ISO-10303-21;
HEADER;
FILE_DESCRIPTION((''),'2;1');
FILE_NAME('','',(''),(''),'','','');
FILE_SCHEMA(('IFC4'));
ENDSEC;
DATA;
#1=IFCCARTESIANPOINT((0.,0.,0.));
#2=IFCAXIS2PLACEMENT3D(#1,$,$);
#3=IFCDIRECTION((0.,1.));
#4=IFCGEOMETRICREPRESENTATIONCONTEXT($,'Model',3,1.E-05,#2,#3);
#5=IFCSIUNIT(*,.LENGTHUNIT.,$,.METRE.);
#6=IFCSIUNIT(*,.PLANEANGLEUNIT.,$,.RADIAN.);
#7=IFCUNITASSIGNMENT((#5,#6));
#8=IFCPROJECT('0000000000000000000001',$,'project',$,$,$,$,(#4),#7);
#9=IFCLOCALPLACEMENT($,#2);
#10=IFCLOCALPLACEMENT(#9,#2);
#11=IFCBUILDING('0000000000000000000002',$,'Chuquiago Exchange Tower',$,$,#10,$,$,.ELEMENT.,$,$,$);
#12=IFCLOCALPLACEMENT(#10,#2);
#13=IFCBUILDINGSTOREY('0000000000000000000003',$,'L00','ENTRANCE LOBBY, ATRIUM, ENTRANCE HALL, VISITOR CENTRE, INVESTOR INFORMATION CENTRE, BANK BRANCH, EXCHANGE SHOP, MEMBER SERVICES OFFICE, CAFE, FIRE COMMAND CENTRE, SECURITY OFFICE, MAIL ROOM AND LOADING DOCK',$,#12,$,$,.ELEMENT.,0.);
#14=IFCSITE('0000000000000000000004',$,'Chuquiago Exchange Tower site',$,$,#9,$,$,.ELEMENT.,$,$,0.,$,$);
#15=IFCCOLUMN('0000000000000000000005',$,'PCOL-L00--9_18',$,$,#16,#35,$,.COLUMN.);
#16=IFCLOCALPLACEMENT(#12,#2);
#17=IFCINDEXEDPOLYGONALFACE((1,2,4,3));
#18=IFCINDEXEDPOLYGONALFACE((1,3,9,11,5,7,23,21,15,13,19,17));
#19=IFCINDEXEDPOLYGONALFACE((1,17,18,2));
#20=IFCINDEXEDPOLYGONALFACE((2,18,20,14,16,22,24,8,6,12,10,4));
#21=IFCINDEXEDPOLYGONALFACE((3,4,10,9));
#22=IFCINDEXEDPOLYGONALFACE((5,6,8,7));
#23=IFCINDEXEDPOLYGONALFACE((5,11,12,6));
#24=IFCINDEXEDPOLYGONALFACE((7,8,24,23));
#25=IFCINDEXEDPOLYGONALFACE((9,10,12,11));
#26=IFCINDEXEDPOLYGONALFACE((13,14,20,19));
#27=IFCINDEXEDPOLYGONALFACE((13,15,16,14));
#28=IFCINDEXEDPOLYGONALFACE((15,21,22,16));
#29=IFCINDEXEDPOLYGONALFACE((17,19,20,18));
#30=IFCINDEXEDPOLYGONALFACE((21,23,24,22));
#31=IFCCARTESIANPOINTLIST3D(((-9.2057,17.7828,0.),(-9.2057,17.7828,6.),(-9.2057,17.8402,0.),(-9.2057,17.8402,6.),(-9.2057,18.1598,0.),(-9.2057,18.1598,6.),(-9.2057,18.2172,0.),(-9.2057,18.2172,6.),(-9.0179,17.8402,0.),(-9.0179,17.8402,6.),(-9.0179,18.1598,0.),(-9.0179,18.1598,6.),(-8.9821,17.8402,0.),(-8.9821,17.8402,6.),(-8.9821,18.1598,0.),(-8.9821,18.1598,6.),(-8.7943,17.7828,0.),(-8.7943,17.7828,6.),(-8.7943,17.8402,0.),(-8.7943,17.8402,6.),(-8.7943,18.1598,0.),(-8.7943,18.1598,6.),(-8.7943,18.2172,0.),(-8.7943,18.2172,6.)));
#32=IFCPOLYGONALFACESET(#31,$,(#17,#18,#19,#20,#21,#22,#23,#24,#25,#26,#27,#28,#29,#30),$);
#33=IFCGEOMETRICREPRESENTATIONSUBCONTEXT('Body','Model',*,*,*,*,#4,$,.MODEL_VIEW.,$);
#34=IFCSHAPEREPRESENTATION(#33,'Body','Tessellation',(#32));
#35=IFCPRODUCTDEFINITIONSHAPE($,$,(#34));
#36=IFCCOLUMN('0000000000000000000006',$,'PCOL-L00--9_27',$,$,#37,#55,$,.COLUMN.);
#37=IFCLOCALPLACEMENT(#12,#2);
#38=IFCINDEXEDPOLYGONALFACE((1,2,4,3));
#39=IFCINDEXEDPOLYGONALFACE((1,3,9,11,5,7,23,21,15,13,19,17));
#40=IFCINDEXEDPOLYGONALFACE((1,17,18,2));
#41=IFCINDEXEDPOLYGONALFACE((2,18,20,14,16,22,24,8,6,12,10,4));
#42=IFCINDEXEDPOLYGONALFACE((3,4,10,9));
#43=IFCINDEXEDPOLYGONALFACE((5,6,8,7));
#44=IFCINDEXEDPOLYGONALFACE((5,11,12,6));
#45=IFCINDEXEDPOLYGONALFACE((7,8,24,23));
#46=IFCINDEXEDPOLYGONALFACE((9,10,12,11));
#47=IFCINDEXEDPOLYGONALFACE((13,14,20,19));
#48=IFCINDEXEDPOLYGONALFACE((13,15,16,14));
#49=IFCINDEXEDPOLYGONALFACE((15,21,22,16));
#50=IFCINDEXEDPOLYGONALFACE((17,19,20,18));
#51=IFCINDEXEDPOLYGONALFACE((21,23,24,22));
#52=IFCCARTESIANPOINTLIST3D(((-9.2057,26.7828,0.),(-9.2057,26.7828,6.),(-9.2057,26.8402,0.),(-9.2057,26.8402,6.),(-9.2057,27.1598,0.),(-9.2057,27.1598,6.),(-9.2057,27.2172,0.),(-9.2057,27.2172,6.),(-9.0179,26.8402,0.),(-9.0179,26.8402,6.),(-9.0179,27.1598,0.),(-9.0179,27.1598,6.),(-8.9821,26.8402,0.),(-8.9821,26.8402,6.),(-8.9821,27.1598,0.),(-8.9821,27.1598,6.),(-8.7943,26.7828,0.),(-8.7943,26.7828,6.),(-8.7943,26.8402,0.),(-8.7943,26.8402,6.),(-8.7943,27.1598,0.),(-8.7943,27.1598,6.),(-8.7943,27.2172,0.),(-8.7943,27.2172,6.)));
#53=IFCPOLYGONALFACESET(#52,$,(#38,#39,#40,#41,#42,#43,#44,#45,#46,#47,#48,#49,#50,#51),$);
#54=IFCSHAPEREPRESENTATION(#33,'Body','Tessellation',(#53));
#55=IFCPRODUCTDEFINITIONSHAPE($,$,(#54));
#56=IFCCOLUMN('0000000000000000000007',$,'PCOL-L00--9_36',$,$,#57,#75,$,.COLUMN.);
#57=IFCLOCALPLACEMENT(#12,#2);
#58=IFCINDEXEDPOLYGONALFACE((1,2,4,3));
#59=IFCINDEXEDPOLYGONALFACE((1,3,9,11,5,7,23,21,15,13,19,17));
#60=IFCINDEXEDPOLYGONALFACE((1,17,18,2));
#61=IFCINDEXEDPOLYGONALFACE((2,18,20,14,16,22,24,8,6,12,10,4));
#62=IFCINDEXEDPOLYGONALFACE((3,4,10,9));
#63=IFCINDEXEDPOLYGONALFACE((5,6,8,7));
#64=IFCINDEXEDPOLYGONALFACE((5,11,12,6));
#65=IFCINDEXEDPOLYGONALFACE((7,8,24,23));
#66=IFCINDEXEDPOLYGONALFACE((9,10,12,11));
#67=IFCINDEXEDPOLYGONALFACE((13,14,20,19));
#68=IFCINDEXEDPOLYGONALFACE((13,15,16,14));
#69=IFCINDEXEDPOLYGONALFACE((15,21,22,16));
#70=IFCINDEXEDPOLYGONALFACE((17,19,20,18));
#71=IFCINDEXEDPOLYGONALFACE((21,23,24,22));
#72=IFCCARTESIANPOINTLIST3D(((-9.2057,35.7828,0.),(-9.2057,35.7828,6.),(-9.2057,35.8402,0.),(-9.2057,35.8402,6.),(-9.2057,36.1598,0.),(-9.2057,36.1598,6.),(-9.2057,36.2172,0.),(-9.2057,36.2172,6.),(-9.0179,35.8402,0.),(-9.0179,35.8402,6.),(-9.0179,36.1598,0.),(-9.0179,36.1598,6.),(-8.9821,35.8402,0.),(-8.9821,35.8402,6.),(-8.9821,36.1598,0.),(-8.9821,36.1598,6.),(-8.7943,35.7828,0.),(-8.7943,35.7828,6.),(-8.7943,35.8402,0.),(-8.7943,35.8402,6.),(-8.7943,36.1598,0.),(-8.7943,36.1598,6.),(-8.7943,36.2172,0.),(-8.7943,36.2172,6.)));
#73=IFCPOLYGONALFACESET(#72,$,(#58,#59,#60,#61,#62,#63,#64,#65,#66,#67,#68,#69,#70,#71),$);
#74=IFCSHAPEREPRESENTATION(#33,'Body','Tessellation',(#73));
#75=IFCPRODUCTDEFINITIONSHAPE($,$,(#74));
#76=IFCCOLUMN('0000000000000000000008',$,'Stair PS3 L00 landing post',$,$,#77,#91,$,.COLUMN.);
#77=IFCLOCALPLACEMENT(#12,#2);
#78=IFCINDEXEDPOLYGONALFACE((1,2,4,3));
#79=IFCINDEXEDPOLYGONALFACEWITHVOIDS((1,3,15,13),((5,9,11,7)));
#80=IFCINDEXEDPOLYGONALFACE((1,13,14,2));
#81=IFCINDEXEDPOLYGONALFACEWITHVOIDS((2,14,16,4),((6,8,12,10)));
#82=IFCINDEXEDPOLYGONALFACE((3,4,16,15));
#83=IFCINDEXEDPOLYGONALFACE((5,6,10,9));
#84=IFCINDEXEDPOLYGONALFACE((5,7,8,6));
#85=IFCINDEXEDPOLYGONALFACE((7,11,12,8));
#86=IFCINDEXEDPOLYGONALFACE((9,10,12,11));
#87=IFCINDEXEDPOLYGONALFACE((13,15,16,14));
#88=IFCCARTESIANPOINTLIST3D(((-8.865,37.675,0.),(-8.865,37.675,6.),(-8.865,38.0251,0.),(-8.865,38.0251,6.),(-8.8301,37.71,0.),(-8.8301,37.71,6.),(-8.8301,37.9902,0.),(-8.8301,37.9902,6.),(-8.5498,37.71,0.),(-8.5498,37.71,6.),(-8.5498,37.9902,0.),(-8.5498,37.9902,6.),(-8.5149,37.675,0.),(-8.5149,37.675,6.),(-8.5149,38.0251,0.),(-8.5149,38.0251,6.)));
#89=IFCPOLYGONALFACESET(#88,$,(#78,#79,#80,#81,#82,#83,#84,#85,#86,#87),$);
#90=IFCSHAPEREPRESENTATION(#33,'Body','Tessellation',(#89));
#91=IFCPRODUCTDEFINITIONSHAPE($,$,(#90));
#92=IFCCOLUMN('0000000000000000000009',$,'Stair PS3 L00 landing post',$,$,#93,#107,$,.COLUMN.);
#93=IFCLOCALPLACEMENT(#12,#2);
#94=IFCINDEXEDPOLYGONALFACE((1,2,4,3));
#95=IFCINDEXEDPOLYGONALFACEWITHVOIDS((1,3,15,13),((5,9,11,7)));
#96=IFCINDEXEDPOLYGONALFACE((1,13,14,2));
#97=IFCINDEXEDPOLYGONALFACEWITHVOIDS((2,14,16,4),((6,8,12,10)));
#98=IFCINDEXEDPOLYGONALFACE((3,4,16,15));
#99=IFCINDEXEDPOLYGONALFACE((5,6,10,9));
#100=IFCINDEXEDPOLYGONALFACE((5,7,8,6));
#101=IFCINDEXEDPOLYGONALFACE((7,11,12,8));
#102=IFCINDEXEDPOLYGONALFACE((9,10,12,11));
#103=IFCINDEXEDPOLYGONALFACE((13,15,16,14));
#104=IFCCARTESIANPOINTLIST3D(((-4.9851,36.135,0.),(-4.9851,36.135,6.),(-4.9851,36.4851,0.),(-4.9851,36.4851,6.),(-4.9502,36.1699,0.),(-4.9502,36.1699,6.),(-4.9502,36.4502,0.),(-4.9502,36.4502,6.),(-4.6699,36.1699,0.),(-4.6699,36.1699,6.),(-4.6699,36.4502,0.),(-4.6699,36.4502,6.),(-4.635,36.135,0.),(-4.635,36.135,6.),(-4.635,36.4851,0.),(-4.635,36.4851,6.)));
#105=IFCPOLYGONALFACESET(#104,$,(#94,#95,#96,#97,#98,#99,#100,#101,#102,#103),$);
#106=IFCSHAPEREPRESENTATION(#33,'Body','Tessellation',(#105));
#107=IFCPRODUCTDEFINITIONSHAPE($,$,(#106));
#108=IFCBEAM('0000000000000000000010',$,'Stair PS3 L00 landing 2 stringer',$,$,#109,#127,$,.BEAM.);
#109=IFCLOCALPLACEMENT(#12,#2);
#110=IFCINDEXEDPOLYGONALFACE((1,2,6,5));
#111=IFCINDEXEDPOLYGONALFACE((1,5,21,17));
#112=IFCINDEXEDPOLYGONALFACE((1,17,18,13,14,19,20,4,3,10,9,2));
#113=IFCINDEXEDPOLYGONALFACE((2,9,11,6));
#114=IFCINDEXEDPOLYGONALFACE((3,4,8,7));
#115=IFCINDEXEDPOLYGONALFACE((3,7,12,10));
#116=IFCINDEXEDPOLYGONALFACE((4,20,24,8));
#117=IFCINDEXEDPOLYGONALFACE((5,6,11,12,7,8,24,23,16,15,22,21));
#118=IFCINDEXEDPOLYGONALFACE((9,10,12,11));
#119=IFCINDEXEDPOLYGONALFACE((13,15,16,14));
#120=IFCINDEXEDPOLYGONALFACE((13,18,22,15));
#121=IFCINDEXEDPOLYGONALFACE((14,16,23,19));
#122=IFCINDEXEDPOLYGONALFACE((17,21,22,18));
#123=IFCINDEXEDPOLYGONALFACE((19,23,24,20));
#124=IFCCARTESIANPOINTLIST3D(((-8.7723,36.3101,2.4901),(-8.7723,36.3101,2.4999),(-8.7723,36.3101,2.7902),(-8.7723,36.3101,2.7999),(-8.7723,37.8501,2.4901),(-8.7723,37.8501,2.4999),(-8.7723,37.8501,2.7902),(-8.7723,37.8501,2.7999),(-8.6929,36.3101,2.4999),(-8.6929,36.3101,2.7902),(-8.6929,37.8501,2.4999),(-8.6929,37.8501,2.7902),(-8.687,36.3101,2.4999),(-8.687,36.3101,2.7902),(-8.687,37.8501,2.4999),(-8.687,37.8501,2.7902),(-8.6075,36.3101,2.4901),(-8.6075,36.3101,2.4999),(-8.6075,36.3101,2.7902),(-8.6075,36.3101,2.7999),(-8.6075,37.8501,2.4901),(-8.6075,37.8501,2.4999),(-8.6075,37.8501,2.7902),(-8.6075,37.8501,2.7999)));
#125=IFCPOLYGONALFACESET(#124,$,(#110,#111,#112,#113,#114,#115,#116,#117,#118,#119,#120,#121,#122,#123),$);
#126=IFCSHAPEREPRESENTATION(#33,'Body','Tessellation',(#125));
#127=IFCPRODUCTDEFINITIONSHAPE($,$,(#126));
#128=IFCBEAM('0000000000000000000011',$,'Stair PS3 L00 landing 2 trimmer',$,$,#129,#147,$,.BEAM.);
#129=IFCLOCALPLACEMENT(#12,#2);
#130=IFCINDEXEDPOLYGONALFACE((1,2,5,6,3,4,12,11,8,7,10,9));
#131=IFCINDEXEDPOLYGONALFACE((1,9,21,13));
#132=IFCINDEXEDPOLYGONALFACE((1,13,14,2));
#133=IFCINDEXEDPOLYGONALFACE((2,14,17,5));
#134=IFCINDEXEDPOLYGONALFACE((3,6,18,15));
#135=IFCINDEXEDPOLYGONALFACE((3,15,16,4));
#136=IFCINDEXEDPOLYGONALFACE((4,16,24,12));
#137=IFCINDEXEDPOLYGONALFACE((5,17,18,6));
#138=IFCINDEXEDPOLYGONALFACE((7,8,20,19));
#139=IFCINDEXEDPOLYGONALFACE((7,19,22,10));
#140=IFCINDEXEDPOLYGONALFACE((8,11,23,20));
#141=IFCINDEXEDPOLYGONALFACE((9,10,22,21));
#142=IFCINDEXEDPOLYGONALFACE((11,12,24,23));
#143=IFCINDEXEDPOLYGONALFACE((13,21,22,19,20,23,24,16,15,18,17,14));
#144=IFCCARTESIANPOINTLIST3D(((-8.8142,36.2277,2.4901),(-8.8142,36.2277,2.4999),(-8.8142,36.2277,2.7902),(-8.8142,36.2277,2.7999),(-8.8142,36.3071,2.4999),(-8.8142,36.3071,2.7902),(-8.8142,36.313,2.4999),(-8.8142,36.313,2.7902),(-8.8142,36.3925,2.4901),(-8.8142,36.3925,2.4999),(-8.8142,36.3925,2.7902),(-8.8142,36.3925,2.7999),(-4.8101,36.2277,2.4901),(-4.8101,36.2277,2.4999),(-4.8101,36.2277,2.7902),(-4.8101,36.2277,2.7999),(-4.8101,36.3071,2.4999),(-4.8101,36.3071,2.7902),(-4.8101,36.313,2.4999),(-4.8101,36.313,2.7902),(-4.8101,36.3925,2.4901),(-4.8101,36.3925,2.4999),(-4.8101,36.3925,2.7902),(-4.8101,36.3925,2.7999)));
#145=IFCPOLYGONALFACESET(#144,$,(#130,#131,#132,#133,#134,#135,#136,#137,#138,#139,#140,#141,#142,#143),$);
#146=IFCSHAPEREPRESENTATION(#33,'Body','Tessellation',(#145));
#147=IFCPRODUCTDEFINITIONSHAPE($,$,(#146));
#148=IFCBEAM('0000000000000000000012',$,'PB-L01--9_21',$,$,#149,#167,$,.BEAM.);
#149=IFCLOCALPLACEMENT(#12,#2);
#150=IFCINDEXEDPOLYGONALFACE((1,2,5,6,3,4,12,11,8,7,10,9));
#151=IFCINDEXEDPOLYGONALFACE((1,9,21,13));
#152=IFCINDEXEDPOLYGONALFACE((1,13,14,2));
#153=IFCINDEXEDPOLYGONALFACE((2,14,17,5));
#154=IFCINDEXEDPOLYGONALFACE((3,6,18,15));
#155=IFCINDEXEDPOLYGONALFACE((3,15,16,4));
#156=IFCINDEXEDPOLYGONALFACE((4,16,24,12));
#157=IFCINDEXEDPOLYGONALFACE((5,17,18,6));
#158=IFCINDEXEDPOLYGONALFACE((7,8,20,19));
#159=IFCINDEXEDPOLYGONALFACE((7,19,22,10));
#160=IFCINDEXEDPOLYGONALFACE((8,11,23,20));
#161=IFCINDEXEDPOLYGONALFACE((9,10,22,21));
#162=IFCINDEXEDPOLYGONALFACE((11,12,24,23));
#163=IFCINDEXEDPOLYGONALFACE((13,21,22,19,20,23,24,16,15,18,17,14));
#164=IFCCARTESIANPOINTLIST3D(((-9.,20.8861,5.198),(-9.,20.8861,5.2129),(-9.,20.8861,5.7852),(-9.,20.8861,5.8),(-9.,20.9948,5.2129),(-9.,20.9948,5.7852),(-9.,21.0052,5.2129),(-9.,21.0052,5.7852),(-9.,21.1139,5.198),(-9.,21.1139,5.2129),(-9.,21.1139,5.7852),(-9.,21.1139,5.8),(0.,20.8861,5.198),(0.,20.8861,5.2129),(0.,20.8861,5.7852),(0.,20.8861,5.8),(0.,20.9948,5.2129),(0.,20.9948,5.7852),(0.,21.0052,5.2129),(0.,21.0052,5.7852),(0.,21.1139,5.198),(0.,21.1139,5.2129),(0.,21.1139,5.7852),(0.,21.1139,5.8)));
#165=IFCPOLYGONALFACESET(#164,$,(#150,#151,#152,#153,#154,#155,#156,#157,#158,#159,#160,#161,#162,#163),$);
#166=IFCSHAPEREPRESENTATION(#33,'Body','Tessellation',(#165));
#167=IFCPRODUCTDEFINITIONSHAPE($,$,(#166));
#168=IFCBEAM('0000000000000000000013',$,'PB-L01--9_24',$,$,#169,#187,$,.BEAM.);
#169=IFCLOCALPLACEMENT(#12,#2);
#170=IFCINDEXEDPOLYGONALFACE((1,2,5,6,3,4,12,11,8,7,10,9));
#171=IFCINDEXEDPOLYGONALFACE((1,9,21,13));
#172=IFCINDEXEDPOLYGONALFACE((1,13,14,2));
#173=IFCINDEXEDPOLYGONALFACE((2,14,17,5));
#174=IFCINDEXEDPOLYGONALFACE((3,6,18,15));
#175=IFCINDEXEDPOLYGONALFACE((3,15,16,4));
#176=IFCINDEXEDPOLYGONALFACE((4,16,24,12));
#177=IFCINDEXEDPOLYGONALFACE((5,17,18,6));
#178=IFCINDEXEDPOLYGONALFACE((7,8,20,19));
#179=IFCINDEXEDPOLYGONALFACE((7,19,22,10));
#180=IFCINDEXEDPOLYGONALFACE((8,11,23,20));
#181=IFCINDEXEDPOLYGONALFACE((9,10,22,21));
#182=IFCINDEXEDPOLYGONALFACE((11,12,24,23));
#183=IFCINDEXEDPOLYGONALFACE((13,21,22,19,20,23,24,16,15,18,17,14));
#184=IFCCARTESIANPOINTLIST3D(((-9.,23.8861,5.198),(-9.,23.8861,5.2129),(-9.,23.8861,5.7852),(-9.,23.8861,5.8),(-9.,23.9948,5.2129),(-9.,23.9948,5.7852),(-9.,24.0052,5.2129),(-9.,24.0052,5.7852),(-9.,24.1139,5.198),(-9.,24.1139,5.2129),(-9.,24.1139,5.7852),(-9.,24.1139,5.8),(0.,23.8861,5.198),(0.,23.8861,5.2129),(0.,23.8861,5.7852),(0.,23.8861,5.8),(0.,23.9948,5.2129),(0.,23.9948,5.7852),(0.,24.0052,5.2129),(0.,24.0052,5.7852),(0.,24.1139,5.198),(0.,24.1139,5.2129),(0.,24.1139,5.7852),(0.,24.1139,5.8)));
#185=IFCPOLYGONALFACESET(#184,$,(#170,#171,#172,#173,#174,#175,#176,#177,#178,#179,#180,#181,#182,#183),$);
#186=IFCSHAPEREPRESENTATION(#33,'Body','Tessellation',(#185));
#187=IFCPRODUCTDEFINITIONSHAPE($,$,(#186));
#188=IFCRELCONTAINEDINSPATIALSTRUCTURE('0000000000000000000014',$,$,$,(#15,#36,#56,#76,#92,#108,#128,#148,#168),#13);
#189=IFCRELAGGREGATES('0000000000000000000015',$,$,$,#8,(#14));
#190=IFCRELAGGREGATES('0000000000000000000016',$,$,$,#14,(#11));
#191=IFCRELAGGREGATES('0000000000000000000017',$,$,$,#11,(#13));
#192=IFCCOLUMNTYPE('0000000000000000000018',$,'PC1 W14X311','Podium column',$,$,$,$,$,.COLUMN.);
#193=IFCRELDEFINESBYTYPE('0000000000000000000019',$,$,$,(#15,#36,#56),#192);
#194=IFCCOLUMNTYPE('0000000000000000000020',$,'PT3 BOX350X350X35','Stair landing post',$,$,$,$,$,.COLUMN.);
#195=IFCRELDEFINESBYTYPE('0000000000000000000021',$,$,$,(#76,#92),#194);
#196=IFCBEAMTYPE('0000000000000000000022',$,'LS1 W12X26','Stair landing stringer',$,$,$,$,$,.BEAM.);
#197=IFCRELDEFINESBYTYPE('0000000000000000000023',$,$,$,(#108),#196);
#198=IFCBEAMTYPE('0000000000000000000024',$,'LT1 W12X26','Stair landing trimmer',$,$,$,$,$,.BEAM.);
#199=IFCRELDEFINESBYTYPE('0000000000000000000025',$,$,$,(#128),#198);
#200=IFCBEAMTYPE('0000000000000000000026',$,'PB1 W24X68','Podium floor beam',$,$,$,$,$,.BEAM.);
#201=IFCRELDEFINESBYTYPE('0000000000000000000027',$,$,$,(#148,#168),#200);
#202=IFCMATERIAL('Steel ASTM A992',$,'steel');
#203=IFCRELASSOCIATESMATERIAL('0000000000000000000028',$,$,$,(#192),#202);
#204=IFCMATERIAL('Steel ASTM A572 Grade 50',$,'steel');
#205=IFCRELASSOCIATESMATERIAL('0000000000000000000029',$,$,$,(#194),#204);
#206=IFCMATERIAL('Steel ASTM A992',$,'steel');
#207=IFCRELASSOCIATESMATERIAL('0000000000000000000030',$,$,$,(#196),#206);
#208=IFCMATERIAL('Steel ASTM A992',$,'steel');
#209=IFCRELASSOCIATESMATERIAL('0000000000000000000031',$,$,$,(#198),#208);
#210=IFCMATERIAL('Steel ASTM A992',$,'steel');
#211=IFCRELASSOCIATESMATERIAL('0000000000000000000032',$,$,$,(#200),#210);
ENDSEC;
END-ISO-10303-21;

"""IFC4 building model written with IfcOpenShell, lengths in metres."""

from ifc_helpers import new_model, si_unit, direction, frame, origin, origin_2d, place, context, subcontext, project, spatial, hollow_rectangle, i_section, extrude, material, material_profile, profile_set, type_object, element, save


model = new_model("IFC4")

# Units and contexts
model_context = context("Model", 3, precision=1e-05, world=origin(), true_north=direction((0.0, 1.0)))
body_context = subcontext(model_context, "Body", "Model", "MODEL_VIEW")
ifc_project = project(units=[si_unit("LENGTHUNIT", "METRE"), si_unit("PLANEANGLEUNIT", "RADIAN")], contexts=[model_context])

# Site, building, storey
site_placement = place(None, origin())
site = spatial("IfcSite", under=ifc_project, at=site_placement, Name="Chuquiago Exchange Tower site", CompositionType="ELEMENT", RefElevation=0.0)
building_placement = place(site_placement, origin())
building = spatial("IfcBuilding", under=site, at=building_placement, Name="Chuquiago Exchange Tower", CompositionType="ELEMENT")
storey_placement = place(building_placement, origin())
storey = spatial("IfcBuildingStorey", under=building, at=storey_placement, Name="L00", Description="ENTRANCE LOBBY, ATRIUM, ENTRANCE HALL, VISITOR CENTRE, INVESTOR INFORMATION CENTRE, BANK BRANCH, EXCHANGE SHOP, MEMBER SERVICES OFFICE, CAFE, FIRE COMMAND CENTRE, SECURITY OFFICE, MAIL ROOM AND LOADING DOCK", CompositionType="ELEMENT", Elevation=0.0)

# Columns
ifc_material_1 = material(Name="Steel ASTM A992", Category="steel")
ifc_material_profile_1 = material_profile(ifc_material_1, i_section(OverallWidth=0.4114, OverallDepth=0.4343, WebThickness=0.0359, FlangeThickness=0.0574, at=origin_2d()), Name="W14X311")
ifc_profile_set_1 = profile_set([ifc_material_profile_1], Name="Steel ASTM A992")
column_type_1 = type_object("IfcColumnType", Name="PC1 W14X311", Description="Podium column", PredefinedType="COLUMN", material=ifc_profile_set_1)
for number, where, z_axis, x_axis, name in (
    (1, (-9.0, 18.0, 0.0), (0.0, 0.0, 1.0), (1.0, 0.0, 0.0), "PCOL-L00--9_18"),
    (2, (-9.0, 27.0, 0.0), (0.0, 0.0, 1.0), (1.0, 0.0, 0.0), "PCOL-L00--9_27"),
    (3, (-9.0, 36.0, 0.0), (0.0, 0.0, 1.0), (1.0, 0.0, 0.0), "PCOL-L00--9_36"),
):
    element("IfcColumn", number, at=place(storey_placement, frame(where, z_axis=z_axis, x_axis=x_axis)), inside=storey, type_object=column_type_1, Name=name, PredefinedType="COLUMN", context=body_context, shape_type="SweptSolid", body=[
        extrude(i_section(OverallWidth=0.4114, OverallDepth=0.4343, WebThickness=0.0359, FlangeThickness=0.0574, at=origin_2d()), origin(), (0.0, 0.0, 1.0), 6.0),
    ])
ifc_material_2 = material(Name="Steel ASTM A572 Grade 50", Category="steel")
ifc_material_profile_2 = material_profile(ifc_material_2, hollow_rectangle(XDim=0.3501, YDim=0.3501, WallThickness=0.0349, at=origin_2d()), Name="BOX350X350X35")
ifc_profile_set_2 = profile_set([ifc_material_profile_2], Name="Steel ASTM A572 Grade 50")
column_type_2 = type_object("IfcColumnType", Name="PT3 BOX350X350X35", Description="Stair landing post", PredefinedType="COLUMN", material=ifc_profile_set_2)
for number, where, z_axis, x_axis, name in (
    (4, (-8.6899, 37.8501, 0.0), (0.0, 0.0, 1.0), (1.0, 0.0, 0.0), "Stair PS3 L00 landing post"),
    (5, (-4.8101, 36.3101, 0.0), (0.0, 0.0, 1.0), (1.0, 0.0, 0.0), "Stair PS3 L00 landing post"),
):
    element("IfcColumn", number, at=place(storey_placement, frame(where, z_axis=z_axis, x_axis=x_axis)), inside=storey, type_object=column_type_2, Name=name, PredefinedType="COLUMN", context=body_context, shape_type="SweptSolid", body=[
        extrude(hollow_rectangle(XDim=0.3501, YDim=0.3501, WallThickness=0.0349, at=origin_2d()), origin(), (0.0, 0.0, 1.0), 6.0),
    ])

# Beams
ifc_material_3 = material(Name="Steel ASTM A992", Category="steel")
ifc_material_profile_3 = material_profile(ifc_material_3, i_section(OverallWidth=0.1648, OverallDepth=0.3098, WebThickness=0.0059, FlangeThickness=0.0098, at=origin_2d()), Name="W12X26")
ifc_profile_set_3 = profile_set([ifc_material_profile_3], Name="Steel ASTM A992")
beam_type_1 = type_object("IfcBeamType", Name="LS1 W12X26", Description="Stair landing stringer", PredefinedType="BEAM", material=ifc_profile_set_3)
beam_1_placement = place(storey_placement, frame((-8.6899, 36.3101, 2.645), z_axis=(0.0, 1.0, 0.0), x_axis=(-1.0, 0.0, 0.0)))
element("IfcBeam", 6, at=beam_1_placement, inside=storey, type_object=beam_type_1, Name="Stair PS3 L00 landing 2 stringer", PredefinedType="BEAM", context=body_context, shape_type="SweptSolid", body=[
    extrude(i_section(OverallWidth=0.1648, OverallDepth=0.3098, WebThickness=0.0059, FlangeThickness=0.0098, at=origin_2d()), origin(), (0.0, 0.0, 1.0), 1.54),
])
ifc_material_4 = material(Name="Steel ASTM A992", Category="steel")
ifc_material_profile_4 = material_profile(ifc_material_4, i_section(OverallWidth=0.1648, OverallDepth=0.3098, WebThickness=0.0059, FlangeThickness=0.0098, at=origin_2d()), Name="W12X26")
ifc_profile_set_4 = profile_set([ifc_material_profile_4], Name="Steel ASTM A992")
beam_type_2 = type_object("IfcBeamType", Name="LT1 W12X26", Description="Stair landing trimmer", PredefinedType="BEAM", material=ifc_profile_set_4)
beam_2_placement = place(storey_placement, frame((-8.8142, 36.3101, 2.645), z_axis=(1.0, 0.0, 0.0), x_axis=(0.0, 1.0, 0.0)))
element("IfcBeam", 7, at=beam_2_placement, inside=storey, type_object=beam_type_2, Name="Stair PS3 L00 landing 2 trimmer", PredefinedType="BEAM", context=body_context, shape_type="SweptSolid", body=[
    extrude(i_section(OverallWidth=0.1648, OverallDepth=0.3098, WebThickness=0.0059, FlangeThickness=0.0098, at=origin_2d()), origin(), (0.0, 0.0, 1.0), 4.0042),
])
ifc_material_5 = material(Name="Steel ASTM A992", Category="steel")
ifc_material_profile_5 = material_profile(ifc_material_5, i_section(OverallWidth=0.2278, OverallDepth=0.6021, WebThickness=0.0105, FlangeThickness=0.0149, at=origin_2d()), Name="W24X68")
ifc_profile_set_5 = profile_set([ifc_material_profile_5], Name="Steel ASTM A992")
beam_type_3 = type_object("IfcBeamType", Name="PB1 W24X68", Description="Podium floor beam", PredefinedType="BEAM", material=ifc_profile_set_5)
for number, where, z_axis, x_axis, name in (
    (8, (-9.0, 21.0, 5.499), (1.0, 0.0, 0.0), (0.0, 1.0, 0.0), "PB-L01--9_21"),
    (9, (-9.0, 24.0, 5.499), (1.0, 0.0, 0.0), (0.0, 1.0, 0.0), "PB-L01--9_24"),
):
    element("IfcBeam", number, at=place(storey_placement, frame(where, z_axis=z_axis, x_axis=x_axis)), inside=storey, type_object=beam_type_3, Name=name, PredefinedType="BEAM", context=body_context, shape_type="SweptSolid", body=[
        extrude(i_section(OverallWidth=0.2278, OverallDepth=0.6021, WebThickness=0.0105, FlangeThickness=0.0149, at=origin_2d()), origin(), (0.0, 0.0, 1.0), 9.0),
    ])

save(model, "model.ifc")
